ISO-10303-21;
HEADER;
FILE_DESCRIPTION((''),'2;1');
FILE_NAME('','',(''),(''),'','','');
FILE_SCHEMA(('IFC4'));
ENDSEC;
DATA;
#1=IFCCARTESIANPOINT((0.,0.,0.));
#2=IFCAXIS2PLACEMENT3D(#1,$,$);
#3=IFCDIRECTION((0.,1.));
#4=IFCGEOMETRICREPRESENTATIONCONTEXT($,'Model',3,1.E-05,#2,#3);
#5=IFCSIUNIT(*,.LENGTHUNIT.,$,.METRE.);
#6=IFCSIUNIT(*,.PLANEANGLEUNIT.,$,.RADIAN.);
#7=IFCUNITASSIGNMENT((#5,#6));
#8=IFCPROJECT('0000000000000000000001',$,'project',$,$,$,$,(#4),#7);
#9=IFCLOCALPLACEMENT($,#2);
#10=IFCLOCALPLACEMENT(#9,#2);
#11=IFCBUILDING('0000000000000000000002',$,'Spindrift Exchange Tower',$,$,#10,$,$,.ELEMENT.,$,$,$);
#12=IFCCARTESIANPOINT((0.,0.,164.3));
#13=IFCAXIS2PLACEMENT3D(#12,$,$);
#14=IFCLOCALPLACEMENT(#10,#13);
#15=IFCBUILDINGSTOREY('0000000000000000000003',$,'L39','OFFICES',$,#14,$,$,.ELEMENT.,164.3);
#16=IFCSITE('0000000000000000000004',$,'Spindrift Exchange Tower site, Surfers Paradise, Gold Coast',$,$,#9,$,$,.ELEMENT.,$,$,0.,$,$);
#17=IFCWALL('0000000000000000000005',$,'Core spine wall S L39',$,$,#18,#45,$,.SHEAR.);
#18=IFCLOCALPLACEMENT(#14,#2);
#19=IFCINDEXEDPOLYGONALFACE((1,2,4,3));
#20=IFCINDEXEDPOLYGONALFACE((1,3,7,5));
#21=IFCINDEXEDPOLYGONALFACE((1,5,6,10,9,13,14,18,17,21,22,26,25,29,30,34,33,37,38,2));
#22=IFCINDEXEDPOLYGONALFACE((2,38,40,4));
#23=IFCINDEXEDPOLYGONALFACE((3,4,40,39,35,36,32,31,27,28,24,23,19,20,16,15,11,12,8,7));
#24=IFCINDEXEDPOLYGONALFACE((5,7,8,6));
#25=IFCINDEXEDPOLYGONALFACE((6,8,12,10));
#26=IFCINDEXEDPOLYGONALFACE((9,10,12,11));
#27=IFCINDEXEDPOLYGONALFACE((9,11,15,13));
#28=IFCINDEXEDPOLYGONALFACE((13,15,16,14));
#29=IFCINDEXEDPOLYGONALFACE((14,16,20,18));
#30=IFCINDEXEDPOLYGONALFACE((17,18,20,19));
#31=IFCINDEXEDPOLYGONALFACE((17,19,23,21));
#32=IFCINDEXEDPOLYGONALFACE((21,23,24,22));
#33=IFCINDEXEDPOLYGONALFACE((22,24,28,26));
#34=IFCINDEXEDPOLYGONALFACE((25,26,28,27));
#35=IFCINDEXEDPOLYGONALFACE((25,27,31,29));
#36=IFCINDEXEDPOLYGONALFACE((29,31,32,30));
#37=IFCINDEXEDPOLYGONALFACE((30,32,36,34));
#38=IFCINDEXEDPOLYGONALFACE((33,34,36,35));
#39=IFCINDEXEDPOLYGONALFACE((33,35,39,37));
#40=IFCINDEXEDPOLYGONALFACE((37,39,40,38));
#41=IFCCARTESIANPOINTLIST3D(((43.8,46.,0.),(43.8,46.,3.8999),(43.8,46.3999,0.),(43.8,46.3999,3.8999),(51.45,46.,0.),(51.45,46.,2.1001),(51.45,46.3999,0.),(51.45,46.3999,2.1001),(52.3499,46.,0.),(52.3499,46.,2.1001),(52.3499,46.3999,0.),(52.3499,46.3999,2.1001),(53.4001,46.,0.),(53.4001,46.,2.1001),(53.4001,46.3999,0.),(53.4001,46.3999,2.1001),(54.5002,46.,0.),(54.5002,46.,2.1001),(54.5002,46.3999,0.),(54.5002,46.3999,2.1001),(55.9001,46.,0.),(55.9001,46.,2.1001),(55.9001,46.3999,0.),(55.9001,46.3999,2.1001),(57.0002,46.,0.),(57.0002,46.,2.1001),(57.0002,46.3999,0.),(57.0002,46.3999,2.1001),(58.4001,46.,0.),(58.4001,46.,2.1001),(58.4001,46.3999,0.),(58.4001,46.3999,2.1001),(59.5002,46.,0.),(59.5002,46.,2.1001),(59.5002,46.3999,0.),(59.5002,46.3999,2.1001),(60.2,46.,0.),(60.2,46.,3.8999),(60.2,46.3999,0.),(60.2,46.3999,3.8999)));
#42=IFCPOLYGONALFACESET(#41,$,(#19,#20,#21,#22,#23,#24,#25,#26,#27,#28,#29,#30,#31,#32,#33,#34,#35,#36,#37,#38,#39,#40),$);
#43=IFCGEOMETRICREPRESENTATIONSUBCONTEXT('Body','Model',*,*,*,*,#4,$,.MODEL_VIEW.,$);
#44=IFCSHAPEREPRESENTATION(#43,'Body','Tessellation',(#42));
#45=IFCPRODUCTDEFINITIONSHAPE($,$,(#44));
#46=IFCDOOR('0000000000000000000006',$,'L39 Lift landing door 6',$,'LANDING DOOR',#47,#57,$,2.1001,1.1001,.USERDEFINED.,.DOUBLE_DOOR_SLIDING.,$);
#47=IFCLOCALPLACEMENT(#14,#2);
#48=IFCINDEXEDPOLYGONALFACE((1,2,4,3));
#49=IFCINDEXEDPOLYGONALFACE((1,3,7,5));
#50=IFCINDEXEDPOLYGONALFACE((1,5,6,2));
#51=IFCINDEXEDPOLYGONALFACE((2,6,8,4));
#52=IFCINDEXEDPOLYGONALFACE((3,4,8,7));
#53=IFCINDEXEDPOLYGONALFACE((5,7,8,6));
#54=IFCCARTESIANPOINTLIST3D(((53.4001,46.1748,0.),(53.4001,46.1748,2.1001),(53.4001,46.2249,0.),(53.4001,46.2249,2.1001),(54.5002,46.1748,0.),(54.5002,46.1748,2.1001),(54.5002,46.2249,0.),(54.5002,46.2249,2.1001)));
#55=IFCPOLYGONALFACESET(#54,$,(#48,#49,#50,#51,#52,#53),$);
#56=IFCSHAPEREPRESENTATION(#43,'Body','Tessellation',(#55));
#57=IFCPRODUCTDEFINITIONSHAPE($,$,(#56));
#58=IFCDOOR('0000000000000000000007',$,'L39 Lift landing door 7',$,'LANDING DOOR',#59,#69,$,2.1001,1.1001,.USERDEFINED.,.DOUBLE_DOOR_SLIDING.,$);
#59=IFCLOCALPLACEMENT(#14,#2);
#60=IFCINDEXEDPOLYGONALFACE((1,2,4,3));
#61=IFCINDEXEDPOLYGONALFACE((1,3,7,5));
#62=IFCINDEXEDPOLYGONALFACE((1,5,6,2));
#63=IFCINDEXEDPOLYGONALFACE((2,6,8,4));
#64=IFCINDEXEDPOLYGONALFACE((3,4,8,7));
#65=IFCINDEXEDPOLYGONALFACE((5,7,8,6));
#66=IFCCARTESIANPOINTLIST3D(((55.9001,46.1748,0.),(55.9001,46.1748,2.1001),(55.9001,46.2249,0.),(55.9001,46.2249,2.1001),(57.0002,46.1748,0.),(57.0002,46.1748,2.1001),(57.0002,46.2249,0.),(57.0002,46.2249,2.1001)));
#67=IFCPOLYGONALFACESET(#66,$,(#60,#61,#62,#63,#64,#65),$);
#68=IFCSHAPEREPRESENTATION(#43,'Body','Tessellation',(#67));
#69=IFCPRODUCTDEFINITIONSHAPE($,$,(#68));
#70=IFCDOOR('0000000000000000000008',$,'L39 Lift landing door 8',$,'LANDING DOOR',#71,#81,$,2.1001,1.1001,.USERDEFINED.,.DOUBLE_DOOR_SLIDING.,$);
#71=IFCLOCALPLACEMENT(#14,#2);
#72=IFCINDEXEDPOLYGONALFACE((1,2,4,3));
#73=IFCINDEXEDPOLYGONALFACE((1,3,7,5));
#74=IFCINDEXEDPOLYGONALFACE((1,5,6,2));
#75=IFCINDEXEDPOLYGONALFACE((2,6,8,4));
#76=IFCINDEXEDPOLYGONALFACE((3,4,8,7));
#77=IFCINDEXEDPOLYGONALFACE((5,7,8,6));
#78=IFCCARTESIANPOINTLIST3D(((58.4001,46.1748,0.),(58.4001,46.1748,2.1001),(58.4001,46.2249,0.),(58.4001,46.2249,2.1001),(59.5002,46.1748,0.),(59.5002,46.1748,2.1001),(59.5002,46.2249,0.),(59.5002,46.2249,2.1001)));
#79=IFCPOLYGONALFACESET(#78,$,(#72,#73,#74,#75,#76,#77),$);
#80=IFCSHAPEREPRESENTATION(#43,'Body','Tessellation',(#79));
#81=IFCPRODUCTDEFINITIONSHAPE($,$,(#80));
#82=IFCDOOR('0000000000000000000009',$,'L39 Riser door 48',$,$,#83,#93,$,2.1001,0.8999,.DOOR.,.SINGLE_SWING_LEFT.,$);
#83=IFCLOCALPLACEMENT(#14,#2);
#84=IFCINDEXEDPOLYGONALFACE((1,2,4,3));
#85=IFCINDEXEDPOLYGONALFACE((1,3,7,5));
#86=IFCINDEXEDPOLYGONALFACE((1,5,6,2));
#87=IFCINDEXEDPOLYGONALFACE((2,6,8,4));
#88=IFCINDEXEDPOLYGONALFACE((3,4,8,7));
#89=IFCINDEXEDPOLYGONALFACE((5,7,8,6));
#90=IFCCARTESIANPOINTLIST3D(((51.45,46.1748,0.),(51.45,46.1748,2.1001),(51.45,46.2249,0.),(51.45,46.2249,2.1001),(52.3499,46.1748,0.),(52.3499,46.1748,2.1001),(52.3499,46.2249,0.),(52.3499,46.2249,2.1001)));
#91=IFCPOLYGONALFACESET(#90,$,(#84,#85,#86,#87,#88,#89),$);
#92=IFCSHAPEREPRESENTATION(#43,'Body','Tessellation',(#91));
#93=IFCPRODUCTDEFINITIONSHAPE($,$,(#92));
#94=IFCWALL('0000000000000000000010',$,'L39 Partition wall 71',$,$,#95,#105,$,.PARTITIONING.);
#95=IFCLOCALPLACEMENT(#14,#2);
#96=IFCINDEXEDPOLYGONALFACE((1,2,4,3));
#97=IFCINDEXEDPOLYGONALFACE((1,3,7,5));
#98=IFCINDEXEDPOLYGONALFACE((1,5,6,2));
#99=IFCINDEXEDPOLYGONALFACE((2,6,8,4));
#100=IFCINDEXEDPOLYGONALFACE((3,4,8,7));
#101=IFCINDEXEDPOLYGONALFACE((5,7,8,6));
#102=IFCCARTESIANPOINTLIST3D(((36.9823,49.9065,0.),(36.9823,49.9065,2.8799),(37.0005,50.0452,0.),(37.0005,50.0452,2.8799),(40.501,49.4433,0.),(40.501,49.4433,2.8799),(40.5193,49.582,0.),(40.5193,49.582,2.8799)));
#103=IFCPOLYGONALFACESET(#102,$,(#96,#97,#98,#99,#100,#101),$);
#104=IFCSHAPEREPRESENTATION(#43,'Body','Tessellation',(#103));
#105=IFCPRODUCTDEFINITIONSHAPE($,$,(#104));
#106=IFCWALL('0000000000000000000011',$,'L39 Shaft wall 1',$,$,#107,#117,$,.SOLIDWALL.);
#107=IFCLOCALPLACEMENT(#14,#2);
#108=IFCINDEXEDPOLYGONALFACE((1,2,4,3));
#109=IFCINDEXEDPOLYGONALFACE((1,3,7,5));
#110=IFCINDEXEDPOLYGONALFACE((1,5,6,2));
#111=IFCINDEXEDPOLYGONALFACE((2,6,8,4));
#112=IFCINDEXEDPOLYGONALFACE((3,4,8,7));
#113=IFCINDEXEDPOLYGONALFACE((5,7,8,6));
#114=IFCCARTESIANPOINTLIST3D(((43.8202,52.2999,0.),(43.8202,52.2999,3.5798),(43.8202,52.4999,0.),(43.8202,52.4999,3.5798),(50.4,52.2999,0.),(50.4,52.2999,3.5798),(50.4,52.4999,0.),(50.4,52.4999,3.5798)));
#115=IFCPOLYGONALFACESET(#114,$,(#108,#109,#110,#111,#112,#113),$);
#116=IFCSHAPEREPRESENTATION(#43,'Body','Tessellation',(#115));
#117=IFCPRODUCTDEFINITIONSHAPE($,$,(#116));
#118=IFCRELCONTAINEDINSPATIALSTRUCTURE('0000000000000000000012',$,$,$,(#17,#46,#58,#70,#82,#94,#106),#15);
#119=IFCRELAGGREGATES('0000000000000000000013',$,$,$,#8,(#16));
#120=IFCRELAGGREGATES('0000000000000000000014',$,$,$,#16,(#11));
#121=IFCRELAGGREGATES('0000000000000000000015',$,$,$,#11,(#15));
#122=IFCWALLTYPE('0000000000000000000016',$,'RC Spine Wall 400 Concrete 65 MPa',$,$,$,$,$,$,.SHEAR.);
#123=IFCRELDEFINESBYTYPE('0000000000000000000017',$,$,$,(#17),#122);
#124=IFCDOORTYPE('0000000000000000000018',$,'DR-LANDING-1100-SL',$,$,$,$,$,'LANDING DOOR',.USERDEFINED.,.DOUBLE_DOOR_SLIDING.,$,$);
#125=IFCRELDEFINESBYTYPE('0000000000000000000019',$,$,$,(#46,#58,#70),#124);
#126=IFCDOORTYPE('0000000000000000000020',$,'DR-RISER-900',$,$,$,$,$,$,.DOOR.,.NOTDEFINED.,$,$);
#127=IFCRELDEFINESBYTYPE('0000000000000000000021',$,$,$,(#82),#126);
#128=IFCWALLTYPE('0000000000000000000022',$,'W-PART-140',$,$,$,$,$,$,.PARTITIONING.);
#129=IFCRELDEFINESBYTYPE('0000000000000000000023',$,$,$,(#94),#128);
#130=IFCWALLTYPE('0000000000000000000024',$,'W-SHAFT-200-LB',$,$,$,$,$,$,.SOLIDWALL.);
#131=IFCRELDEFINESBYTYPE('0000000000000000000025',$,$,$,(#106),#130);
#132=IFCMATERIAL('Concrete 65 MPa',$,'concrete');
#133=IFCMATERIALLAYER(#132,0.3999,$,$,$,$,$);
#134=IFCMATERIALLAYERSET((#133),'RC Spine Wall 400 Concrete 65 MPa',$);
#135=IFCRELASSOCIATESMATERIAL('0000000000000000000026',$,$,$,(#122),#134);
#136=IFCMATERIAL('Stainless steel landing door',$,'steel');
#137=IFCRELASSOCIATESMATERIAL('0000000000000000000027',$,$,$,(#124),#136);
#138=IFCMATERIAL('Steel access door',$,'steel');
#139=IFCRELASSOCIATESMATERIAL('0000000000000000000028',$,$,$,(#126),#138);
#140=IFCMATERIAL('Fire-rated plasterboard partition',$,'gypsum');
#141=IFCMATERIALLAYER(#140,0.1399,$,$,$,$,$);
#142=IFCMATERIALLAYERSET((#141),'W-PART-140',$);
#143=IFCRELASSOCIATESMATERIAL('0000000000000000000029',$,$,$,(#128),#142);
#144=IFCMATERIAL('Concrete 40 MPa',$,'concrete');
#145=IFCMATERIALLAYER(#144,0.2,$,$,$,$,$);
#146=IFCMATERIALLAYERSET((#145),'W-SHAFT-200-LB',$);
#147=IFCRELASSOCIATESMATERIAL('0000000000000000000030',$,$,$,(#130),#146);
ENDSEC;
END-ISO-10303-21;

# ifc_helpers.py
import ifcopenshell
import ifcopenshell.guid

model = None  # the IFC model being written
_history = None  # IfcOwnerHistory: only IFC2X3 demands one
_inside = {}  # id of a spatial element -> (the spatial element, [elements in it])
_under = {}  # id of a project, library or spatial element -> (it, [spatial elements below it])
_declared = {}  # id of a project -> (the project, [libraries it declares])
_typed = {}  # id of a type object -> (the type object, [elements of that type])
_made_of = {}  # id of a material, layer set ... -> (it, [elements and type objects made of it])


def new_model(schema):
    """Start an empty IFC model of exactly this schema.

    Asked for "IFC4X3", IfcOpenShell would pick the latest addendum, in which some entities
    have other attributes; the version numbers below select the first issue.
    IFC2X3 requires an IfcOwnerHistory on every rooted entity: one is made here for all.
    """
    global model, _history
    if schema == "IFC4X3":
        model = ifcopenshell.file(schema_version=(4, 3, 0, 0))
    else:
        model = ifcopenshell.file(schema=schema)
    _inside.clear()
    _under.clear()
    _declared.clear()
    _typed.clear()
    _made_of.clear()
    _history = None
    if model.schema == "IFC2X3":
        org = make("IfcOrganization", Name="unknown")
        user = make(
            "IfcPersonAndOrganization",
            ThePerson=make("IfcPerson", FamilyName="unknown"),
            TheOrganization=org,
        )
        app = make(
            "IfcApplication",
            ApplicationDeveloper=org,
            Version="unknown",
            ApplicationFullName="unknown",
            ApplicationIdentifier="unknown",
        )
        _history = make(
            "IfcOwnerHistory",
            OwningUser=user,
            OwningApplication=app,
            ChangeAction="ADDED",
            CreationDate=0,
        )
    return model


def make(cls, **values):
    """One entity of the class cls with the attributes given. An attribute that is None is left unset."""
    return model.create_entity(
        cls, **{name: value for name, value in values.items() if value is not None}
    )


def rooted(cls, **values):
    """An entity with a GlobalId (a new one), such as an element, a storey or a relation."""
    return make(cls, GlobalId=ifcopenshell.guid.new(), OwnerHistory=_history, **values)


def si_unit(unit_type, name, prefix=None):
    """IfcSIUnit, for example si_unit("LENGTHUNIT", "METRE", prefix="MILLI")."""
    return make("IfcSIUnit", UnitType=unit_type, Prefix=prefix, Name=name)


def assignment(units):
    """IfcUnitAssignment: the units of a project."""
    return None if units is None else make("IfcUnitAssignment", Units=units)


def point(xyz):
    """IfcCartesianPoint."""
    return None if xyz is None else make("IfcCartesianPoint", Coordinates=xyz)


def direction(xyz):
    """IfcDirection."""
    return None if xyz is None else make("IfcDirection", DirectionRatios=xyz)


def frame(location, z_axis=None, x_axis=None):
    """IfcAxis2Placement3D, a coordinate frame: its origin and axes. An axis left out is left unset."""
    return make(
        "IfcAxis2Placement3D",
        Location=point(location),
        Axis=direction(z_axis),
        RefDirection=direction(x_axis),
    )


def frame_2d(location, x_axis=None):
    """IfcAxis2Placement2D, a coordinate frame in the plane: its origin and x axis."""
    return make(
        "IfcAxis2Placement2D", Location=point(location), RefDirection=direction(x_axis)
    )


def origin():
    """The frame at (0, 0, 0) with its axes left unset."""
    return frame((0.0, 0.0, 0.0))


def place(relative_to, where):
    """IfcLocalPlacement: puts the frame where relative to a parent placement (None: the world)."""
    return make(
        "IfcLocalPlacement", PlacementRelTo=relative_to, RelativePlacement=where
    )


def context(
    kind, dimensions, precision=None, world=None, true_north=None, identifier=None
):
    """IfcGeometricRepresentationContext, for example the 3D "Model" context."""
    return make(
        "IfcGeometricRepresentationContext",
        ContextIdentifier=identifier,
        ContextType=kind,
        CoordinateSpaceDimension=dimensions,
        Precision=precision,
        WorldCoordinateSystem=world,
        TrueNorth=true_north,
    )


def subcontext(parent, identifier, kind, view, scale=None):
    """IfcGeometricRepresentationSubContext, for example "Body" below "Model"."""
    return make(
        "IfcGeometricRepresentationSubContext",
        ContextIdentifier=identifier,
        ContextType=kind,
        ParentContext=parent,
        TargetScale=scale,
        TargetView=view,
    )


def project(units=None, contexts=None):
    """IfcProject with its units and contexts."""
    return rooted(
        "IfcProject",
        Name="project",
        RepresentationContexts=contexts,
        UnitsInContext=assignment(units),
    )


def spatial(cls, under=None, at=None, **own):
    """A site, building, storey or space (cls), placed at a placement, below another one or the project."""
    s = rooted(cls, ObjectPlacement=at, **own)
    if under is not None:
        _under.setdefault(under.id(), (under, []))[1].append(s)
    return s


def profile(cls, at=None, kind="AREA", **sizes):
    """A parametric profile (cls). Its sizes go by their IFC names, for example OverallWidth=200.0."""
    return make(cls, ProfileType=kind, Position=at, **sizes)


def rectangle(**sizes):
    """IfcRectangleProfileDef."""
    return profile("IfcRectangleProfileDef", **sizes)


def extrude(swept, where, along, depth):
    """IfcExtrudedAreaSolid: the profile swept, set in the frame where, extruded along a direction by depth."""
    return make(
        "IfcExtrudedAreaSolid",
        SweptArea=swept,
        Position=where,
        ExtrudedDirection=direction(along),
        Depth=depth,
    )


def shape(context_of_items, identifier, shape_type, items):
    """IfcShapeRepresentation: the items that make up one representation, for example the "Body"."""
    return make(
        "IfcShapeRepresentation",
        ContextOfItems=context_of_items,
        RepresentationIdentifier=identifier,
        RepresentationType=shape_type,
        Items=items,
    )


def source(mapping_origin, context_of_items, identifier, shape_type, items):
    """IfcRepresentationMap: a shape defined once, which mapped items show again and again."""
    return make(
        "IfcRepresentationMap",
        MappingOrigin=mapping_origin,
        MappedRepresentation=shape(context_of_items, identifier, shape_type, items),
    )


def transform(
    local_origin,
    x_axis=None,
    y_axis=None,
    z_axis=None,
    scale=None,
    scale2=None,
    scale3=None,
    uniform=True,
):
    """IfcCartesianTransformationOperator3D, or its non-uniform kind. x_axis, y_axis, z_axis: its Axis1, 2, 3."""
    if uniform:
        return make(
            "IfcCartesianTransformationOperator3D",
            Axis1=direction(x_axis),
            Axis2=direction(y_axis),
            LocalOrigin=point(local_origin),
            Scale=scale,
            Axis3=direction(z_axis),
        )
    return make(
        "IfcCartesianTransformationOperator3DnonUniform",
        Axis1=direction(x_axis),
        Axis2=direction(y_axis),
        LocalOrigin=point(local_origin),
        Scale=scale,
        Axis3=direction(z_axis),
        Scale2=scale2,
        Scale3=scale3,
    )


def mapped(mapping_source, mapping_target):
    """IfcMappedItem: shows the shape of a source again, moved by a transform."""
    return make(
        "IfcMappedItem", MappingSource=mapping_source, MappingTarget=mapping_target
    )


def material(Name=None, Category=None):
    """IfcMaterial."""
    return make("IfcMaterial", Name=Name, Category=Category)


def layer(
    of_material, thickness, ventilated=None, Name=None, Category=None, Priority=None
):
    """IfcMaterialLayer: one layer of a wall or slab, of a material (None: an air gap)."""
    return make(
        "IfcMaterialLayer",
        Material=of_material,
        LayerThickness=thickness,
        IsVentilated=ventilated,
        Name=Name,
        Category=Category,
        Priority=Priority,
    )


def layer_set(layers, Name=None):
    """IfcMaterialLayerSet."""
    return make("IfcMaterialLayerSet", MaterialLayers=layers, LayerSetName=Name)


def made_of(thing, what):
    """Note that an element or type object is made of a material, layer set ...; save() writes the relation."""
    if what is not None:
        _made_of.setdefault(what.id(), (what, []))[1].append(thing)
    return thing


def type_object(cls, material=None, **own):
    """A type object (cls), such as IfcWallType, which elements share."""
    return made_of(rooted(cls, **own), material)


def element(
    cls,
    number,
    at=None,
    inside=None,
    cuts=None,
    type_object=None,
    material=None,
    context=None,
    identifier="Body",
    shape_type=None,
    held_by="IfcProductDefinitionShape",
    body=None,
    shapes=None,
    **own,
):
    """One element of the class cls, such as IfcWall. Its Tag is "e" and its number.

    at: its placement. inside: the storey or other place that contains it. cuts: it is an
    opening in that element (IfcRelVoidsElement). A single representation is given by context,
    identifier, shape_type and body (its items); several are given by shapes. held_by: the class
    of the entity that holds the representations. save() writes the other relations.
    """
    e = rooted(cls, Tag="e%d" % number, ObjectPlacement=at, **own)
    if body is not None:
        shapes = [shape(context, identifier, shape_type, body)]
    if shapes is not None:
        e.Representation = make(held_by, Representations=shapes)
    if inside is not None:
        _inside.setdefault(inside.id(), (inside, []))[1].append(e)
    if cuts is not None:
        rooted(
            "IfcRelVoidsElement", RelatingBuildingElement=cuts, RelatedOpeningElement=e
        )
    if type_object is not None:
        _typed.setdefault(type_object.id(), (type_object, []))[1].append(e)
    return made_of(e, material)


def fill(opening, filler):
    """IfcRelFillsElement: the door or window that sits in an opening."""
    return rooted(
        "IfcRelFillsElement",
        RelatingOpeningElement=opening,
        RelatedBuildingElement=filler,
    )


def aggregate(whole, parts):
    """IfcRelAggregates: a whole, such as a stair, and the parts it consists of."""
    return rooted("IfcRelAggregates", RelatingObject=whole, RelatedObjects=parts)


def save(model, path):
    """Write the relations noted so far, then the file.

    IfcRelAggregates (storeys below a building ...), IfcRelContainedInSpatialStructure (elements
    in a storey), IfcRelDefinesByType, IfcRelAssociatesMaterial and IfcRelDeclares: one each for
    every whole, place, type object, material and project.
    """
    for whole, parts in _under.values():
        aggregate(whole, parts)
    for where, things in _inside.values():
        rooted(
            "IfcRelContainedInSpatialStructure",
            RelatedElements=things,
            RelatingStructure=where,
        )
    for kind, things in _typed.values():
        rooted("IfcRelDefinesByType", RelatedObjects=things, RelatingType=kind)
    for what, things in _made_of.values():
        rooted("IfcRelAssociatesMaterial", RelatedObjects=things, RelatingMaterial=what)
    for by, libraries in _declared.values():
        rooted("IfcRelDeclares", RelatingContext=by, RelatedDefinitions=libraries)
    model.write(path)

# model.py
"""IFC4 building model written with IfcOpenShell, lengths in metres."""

from ifc_helpers import new_model, si_unit, direction, frame, frame_2d, origin, place, context, subcontext, project, spatial, rectangle, extrude, source, transform, mapped, material, layer, layer_set, type_object, element, fill, save


model = new_model("IFC4")

# Units and contexts
model_context = context("Model", 3, precision=1e-05, world=origin(), true_north=direction((0.0, 1.0)))
body_context = subcontext(model_context, "Body", "Model", "MODEL_VIEW")
ifc_project = project(units=[si_unit("LENGTHUNIT", "METRE"), si_unit("PLANEANGLEUNIT", "RADIAN")], contexts=[model_context])

# Site, building, storey
site_placement = place(None, origin())
site = spatial("IfcSite", under=ifc_project, at=site_placement, Name="Spindrift Exchange Tower site, Surfers Paradise, Gold Coast", CompositionType="ELEMENT", RefElevation=0.0)
building_placement = place(site_placement, origin())
building = spatial("IfcBuilding", under=site, at=building_placement, Name="Spindrift Exchange Tower", CompositionType="ELEMENT")
storey_placement = place(building_placement, frame((0.0, 0.0, 164.3)))
storey = spatial("IfcBuildingStorey", under=building, at=storey_placement, Name="L39", Description="OFFICES", CompositionType="ELEMENT", Elevation=164.3)

# Wall, openings, doors
ifc_material_1 = material(Name="Concrete 65 MPa", Category="concrete")
ifc_layer_1 = layer(ifc_material_1, 0.3999)
ifc_layer_set_1 = layer_set([ifc_layer_1], Name="RC Spine Wall 400 Concrete 65 MPa")
wall_type_1 = type_object("IfcWallType", Name="RC Spine Wall 400 Concrete 65 MPa", PredefinedType="SHEAR", material=ifc_layer_set_1)
ifc_material_2 = material(Name="Stainless steel landing door", Category="steel")
door_type_1 = type_object("IfcDoorType", Name="DR-LANDING-1100-SL", ElementType="LANDING DOOR", OperationType="DOUBLE_DOOR_SLIDING", PredefinedType="USERDEFINED", material=ifc_material_2)
shared_shape_1 = source(origin(), body_context, "Body", "SweptSolid", [
    extrude(rectangle(XDim=1.1001, YDim=2.1001, at=frame_2d((0.55, 1.05))), frame((0.0, 0.0249, 0.0), z_axis=(0.0, -1.0, 0.0), x_axis=(1.0, 0.0, 0.0)), (0.0, 0.0, 1.0), 0.05),
])
ifc_material_3 = material(Name="Steel access door", Category="steel")
door_type_2 = type_object("IfcDoorType", Name="DR-RISER-900", OperationType="NOTDEFINED", PredefinedType="DOOR", material=ifc_material_3)
shared_shape_2 = source(origin(), body_context, "Body", "SweptSolid", [
    extrude(rectangle(XDim=0.8999, YDim=2.1001, at=frame_2d((0.45, 1.05))), frame((0.0, 0.0249, 0.0), z_axis=(0.0, -1.0, 0.0), x_axis=(1.0, 0.0, 0.0)), (0.0, 0.0, 1.0), 0.05),
])
wall_1_placement = place(storey_placement, frame((43.8, 46.2, 0.0), z_axis=(0.0, 0.0, 1.0), x_axis=(1.0, 0.0, 0.0)))
wall_1 = element("IfcWall", 1, at=wall_1_placement, inside=storey, type_object=wall_type_1, Name="Core spine wall S L39", PredefinedType="SHEAR", context=body_context, shape_type="SweptSolid", body=[
    extrude(rectangle(XDim=16.3999, YDim=0.3999, at=frame_2d((8.2, 0.0))), origin(), (0.0, 0.0, 1.0), 3.8999),
])
opening_1_placement = place(wall_1_placement, frame((9.6001, 0.0, 0.0)))
opening_1 = element("IfcOpeningElement", 2, at=opening_1_placement, cuts=wall_1, PredefinedType="OPENING", context=body_context, shape_type="SweptSolid", body=[
    extrude(rectangle(XDim=1.1001, YDim=2.1001, at=frame_2d((0.55, 1.05))), frame((0.0, 0.21, 0.0), z_axis=(0.0, -1.0, 0.0), x_axis=(1.0, 0.0, 0.0)), (0.0, 0.0, 1.0), 0.4199),
])
opening_2_placement = place(wall_1_placement, frame((12.1001, 0.0, 0.0)))
opening_2 = element("IfcOpeningElement", 3, at=opening_2_placement, cuts=wall_1, PredefinedType="OPENING", context=body_context, shape_type="SweptSolid", body=[
    extrude(rectangle(XDim=1.1001, YDim=2.1001, at=frame_2d((0.55, 1.05))), frame((0.0, 0.21, 0.0), z_axis=(0.0, -1.0, 0.0), x_axis=(1.0, 0.0, 0.0)), (0.0, 0.0, 1.0), 0.4199),
])
opening_3_placement = place(wall_1_placement, frame((14.6001, 0.0, 0.0)))
opening_3 = element("IfcOpeningElement", 4, at=opening_3_placement, cuts=wall_1, PredefinedType="OPENING", context=body_context, shape_type="SweptSolid", body=[
    extrude(rectangle(XDim=1.1001, YDim=2.1001, at=frame_2d((0.55, 1.05))), frame((0.0, 0.21, 0.0), z_axis=(0.0, -1.0, 0.0), x_axis=(1.0, 0.0, 0.0)), (0.0, 0.0, 1.0), 0.4199),
])
opening_4_placement = place(wall_1_placement, frame((7.6499, 0.0, 0.0)))
opening_4 = element("IfcOpeningElement", 5, at=opening_4_placement, cuts=wall_1, PredefinedType="OPENING", context=body_context, shape_type="SweptSolid", body=[
    extrude(rectangle(XDim=0.8999, YDim=2.1001, at=frame_2d((0.45, 1.05))), frame((0.0, 0.21, 0.0), z_axis=(0.0, -1.0, 0.0), x_axis=(1.0, 0.0, 0.0)), (0.0, 0.0, 1.0), 0.4199),
])
door_1_placement = place(opening_1_placement, origin())
door_1 = element("IfcDoor", 6, at=door_1_placement, inside=storey, type_object=door_type_1, Name="L39 Lift landing door 6", ObjectType="LANDING DOOR", OperationType="DOUBLE_DOOR_SLIDING", OverallHeight=2.1001, OverallWidth=1.1001, PredefinedType="USERDEFINED", context=body_context, shape_type="MappedRepresentation", body=[
    mapped(shared_shape_1, transform((0.0, 0.0, 0.0), scale=1.0)),
])
fill(opening_1, door_1)
door_2_placement = place(opening_2_placement, origin())
door_2 = element("IfcDoor", 7, at=door_2_placement, inside=storey, type_object=door_type_1, Name="L39 Lift landing door 7", ObjectType="LANDING DOOR", OperationType="DOUBLE_DOOR_SLIDING", OverallHeight=2.1001, OverallWidth=1.1001, PredefinedType="USERDEFINED", context=body_context, shape_type="MappedRepresentation", body=[
    mapped(shared_shape_1, transform((0.0, 0.0, 0.0), scale=1.0)),
])
fill(opening_2, door_2)
door_3_placement = place(opening_3_placement, origin())
door_3 = element("IfcDoor", 8, at=door_3_placement, inside=storey, type_object=door_type_1, Name="L39 Lift landing door 8", ObjectType="LANDING DOOR", OperationType="DOUBLE_DOOR_SLIDING", OverallHeight=2.1001, OverallWidth=1.1001, PredefinedType="USERDEFINED", context=body_context, shape_type="MappedRepresentation", body=[
    mapped(shared_shape_1, transform((0.0, 0.0, 0.0), scale=1.0)),
])
fill(opening_3, door_3)
door_4_placement = place(opening_4_placement, origin())
door_4 = element("IfcDoor", 9, at=door_4_placement, inside=storey, type_object=door_type_2, Name="L39 Riser door 48", OperationType="SINGLE_SWING_LEFT", OverallHeight=2.1001, OverallWidth=0.8999, PredefinedType="DOOR", context=body_context, shape_type="MappedRepresentation", body=[
    mapped(shared_shape_2, transform((0.0, 0.0, 0.0), scale=1.0)),
])
fill(opening_4, door_4)

# Walls
ifc_material_4 = material(Name="Fire-rated plasterboard partition", Category="gypsum")
ifc_layer_2 = layer(ifc_material_4, 0.1399)
ifc_layer_set_2 = layer_set([ifc_layer_2], Name="W-PART-140")
wall_type_2 = type_object("IfcWallType", Name="W-PART-140", PredefinedType="PARTITIONING", material=ifc_layer_set_2)
wall_2_placement = place(storey_placement, frame((40.51, 49.5127, 0.0), z_axis=(0.0, 0.0, 1.0), x_axis=(-0.991449, 0.130492, 0.0)))
element("IfcWall", 10, at=wall_2_placement, inside=storey, type_object=wall_type_2, Name="L39 Partition wall 71", PredefinedType="PARTITIONING", context=body_context, shape_type="SweptSolid", body=[
    extrude(rectangle(XDim=3.5491, YDim=0.1399, at=frame_2d((1.7744, 0.0))), origin(), (0.0, 0.0, 1.0), 2.8799),
])
ifc_material_5 = material(Name="Concrete 40 MPa", Category="concrete")
ifc_layer_3 = layer(ifc_material_5, 0.2)
ifc_layer_set_3 = layer_set([ifc_layer_3], Name="W-SHAFT-200-LB")
wall_type_3 = type_object("IfcWallType", Name="W-SHAFT-200-LB", PredefinedType="SOLIDWALL", material=ifc_layer_set_3)
wall_3_placement = place(storey_placement, frame((43.8201, 52.3999, 0.0), z_axis=(0.0, 0.0, 1.0), x_axis=(1.0, 0.0, 0.0)))
element("IfcWall", 11, at=wall_3_placement, inside=storey, type_object=wall_type_3, Name="L39 Shaft wall 1", PredefinedType="SOLIDWALL", context=body_context, shape_type="SweptSolid", body=[
    extrude(rectangle(XDim=6.5798, YDim=0.2, at=frame_2d((3.29, 0.0))), origin(), (0.0, 0.0, 1.0), 3.5798),
])

save(model, "model.ifc")
